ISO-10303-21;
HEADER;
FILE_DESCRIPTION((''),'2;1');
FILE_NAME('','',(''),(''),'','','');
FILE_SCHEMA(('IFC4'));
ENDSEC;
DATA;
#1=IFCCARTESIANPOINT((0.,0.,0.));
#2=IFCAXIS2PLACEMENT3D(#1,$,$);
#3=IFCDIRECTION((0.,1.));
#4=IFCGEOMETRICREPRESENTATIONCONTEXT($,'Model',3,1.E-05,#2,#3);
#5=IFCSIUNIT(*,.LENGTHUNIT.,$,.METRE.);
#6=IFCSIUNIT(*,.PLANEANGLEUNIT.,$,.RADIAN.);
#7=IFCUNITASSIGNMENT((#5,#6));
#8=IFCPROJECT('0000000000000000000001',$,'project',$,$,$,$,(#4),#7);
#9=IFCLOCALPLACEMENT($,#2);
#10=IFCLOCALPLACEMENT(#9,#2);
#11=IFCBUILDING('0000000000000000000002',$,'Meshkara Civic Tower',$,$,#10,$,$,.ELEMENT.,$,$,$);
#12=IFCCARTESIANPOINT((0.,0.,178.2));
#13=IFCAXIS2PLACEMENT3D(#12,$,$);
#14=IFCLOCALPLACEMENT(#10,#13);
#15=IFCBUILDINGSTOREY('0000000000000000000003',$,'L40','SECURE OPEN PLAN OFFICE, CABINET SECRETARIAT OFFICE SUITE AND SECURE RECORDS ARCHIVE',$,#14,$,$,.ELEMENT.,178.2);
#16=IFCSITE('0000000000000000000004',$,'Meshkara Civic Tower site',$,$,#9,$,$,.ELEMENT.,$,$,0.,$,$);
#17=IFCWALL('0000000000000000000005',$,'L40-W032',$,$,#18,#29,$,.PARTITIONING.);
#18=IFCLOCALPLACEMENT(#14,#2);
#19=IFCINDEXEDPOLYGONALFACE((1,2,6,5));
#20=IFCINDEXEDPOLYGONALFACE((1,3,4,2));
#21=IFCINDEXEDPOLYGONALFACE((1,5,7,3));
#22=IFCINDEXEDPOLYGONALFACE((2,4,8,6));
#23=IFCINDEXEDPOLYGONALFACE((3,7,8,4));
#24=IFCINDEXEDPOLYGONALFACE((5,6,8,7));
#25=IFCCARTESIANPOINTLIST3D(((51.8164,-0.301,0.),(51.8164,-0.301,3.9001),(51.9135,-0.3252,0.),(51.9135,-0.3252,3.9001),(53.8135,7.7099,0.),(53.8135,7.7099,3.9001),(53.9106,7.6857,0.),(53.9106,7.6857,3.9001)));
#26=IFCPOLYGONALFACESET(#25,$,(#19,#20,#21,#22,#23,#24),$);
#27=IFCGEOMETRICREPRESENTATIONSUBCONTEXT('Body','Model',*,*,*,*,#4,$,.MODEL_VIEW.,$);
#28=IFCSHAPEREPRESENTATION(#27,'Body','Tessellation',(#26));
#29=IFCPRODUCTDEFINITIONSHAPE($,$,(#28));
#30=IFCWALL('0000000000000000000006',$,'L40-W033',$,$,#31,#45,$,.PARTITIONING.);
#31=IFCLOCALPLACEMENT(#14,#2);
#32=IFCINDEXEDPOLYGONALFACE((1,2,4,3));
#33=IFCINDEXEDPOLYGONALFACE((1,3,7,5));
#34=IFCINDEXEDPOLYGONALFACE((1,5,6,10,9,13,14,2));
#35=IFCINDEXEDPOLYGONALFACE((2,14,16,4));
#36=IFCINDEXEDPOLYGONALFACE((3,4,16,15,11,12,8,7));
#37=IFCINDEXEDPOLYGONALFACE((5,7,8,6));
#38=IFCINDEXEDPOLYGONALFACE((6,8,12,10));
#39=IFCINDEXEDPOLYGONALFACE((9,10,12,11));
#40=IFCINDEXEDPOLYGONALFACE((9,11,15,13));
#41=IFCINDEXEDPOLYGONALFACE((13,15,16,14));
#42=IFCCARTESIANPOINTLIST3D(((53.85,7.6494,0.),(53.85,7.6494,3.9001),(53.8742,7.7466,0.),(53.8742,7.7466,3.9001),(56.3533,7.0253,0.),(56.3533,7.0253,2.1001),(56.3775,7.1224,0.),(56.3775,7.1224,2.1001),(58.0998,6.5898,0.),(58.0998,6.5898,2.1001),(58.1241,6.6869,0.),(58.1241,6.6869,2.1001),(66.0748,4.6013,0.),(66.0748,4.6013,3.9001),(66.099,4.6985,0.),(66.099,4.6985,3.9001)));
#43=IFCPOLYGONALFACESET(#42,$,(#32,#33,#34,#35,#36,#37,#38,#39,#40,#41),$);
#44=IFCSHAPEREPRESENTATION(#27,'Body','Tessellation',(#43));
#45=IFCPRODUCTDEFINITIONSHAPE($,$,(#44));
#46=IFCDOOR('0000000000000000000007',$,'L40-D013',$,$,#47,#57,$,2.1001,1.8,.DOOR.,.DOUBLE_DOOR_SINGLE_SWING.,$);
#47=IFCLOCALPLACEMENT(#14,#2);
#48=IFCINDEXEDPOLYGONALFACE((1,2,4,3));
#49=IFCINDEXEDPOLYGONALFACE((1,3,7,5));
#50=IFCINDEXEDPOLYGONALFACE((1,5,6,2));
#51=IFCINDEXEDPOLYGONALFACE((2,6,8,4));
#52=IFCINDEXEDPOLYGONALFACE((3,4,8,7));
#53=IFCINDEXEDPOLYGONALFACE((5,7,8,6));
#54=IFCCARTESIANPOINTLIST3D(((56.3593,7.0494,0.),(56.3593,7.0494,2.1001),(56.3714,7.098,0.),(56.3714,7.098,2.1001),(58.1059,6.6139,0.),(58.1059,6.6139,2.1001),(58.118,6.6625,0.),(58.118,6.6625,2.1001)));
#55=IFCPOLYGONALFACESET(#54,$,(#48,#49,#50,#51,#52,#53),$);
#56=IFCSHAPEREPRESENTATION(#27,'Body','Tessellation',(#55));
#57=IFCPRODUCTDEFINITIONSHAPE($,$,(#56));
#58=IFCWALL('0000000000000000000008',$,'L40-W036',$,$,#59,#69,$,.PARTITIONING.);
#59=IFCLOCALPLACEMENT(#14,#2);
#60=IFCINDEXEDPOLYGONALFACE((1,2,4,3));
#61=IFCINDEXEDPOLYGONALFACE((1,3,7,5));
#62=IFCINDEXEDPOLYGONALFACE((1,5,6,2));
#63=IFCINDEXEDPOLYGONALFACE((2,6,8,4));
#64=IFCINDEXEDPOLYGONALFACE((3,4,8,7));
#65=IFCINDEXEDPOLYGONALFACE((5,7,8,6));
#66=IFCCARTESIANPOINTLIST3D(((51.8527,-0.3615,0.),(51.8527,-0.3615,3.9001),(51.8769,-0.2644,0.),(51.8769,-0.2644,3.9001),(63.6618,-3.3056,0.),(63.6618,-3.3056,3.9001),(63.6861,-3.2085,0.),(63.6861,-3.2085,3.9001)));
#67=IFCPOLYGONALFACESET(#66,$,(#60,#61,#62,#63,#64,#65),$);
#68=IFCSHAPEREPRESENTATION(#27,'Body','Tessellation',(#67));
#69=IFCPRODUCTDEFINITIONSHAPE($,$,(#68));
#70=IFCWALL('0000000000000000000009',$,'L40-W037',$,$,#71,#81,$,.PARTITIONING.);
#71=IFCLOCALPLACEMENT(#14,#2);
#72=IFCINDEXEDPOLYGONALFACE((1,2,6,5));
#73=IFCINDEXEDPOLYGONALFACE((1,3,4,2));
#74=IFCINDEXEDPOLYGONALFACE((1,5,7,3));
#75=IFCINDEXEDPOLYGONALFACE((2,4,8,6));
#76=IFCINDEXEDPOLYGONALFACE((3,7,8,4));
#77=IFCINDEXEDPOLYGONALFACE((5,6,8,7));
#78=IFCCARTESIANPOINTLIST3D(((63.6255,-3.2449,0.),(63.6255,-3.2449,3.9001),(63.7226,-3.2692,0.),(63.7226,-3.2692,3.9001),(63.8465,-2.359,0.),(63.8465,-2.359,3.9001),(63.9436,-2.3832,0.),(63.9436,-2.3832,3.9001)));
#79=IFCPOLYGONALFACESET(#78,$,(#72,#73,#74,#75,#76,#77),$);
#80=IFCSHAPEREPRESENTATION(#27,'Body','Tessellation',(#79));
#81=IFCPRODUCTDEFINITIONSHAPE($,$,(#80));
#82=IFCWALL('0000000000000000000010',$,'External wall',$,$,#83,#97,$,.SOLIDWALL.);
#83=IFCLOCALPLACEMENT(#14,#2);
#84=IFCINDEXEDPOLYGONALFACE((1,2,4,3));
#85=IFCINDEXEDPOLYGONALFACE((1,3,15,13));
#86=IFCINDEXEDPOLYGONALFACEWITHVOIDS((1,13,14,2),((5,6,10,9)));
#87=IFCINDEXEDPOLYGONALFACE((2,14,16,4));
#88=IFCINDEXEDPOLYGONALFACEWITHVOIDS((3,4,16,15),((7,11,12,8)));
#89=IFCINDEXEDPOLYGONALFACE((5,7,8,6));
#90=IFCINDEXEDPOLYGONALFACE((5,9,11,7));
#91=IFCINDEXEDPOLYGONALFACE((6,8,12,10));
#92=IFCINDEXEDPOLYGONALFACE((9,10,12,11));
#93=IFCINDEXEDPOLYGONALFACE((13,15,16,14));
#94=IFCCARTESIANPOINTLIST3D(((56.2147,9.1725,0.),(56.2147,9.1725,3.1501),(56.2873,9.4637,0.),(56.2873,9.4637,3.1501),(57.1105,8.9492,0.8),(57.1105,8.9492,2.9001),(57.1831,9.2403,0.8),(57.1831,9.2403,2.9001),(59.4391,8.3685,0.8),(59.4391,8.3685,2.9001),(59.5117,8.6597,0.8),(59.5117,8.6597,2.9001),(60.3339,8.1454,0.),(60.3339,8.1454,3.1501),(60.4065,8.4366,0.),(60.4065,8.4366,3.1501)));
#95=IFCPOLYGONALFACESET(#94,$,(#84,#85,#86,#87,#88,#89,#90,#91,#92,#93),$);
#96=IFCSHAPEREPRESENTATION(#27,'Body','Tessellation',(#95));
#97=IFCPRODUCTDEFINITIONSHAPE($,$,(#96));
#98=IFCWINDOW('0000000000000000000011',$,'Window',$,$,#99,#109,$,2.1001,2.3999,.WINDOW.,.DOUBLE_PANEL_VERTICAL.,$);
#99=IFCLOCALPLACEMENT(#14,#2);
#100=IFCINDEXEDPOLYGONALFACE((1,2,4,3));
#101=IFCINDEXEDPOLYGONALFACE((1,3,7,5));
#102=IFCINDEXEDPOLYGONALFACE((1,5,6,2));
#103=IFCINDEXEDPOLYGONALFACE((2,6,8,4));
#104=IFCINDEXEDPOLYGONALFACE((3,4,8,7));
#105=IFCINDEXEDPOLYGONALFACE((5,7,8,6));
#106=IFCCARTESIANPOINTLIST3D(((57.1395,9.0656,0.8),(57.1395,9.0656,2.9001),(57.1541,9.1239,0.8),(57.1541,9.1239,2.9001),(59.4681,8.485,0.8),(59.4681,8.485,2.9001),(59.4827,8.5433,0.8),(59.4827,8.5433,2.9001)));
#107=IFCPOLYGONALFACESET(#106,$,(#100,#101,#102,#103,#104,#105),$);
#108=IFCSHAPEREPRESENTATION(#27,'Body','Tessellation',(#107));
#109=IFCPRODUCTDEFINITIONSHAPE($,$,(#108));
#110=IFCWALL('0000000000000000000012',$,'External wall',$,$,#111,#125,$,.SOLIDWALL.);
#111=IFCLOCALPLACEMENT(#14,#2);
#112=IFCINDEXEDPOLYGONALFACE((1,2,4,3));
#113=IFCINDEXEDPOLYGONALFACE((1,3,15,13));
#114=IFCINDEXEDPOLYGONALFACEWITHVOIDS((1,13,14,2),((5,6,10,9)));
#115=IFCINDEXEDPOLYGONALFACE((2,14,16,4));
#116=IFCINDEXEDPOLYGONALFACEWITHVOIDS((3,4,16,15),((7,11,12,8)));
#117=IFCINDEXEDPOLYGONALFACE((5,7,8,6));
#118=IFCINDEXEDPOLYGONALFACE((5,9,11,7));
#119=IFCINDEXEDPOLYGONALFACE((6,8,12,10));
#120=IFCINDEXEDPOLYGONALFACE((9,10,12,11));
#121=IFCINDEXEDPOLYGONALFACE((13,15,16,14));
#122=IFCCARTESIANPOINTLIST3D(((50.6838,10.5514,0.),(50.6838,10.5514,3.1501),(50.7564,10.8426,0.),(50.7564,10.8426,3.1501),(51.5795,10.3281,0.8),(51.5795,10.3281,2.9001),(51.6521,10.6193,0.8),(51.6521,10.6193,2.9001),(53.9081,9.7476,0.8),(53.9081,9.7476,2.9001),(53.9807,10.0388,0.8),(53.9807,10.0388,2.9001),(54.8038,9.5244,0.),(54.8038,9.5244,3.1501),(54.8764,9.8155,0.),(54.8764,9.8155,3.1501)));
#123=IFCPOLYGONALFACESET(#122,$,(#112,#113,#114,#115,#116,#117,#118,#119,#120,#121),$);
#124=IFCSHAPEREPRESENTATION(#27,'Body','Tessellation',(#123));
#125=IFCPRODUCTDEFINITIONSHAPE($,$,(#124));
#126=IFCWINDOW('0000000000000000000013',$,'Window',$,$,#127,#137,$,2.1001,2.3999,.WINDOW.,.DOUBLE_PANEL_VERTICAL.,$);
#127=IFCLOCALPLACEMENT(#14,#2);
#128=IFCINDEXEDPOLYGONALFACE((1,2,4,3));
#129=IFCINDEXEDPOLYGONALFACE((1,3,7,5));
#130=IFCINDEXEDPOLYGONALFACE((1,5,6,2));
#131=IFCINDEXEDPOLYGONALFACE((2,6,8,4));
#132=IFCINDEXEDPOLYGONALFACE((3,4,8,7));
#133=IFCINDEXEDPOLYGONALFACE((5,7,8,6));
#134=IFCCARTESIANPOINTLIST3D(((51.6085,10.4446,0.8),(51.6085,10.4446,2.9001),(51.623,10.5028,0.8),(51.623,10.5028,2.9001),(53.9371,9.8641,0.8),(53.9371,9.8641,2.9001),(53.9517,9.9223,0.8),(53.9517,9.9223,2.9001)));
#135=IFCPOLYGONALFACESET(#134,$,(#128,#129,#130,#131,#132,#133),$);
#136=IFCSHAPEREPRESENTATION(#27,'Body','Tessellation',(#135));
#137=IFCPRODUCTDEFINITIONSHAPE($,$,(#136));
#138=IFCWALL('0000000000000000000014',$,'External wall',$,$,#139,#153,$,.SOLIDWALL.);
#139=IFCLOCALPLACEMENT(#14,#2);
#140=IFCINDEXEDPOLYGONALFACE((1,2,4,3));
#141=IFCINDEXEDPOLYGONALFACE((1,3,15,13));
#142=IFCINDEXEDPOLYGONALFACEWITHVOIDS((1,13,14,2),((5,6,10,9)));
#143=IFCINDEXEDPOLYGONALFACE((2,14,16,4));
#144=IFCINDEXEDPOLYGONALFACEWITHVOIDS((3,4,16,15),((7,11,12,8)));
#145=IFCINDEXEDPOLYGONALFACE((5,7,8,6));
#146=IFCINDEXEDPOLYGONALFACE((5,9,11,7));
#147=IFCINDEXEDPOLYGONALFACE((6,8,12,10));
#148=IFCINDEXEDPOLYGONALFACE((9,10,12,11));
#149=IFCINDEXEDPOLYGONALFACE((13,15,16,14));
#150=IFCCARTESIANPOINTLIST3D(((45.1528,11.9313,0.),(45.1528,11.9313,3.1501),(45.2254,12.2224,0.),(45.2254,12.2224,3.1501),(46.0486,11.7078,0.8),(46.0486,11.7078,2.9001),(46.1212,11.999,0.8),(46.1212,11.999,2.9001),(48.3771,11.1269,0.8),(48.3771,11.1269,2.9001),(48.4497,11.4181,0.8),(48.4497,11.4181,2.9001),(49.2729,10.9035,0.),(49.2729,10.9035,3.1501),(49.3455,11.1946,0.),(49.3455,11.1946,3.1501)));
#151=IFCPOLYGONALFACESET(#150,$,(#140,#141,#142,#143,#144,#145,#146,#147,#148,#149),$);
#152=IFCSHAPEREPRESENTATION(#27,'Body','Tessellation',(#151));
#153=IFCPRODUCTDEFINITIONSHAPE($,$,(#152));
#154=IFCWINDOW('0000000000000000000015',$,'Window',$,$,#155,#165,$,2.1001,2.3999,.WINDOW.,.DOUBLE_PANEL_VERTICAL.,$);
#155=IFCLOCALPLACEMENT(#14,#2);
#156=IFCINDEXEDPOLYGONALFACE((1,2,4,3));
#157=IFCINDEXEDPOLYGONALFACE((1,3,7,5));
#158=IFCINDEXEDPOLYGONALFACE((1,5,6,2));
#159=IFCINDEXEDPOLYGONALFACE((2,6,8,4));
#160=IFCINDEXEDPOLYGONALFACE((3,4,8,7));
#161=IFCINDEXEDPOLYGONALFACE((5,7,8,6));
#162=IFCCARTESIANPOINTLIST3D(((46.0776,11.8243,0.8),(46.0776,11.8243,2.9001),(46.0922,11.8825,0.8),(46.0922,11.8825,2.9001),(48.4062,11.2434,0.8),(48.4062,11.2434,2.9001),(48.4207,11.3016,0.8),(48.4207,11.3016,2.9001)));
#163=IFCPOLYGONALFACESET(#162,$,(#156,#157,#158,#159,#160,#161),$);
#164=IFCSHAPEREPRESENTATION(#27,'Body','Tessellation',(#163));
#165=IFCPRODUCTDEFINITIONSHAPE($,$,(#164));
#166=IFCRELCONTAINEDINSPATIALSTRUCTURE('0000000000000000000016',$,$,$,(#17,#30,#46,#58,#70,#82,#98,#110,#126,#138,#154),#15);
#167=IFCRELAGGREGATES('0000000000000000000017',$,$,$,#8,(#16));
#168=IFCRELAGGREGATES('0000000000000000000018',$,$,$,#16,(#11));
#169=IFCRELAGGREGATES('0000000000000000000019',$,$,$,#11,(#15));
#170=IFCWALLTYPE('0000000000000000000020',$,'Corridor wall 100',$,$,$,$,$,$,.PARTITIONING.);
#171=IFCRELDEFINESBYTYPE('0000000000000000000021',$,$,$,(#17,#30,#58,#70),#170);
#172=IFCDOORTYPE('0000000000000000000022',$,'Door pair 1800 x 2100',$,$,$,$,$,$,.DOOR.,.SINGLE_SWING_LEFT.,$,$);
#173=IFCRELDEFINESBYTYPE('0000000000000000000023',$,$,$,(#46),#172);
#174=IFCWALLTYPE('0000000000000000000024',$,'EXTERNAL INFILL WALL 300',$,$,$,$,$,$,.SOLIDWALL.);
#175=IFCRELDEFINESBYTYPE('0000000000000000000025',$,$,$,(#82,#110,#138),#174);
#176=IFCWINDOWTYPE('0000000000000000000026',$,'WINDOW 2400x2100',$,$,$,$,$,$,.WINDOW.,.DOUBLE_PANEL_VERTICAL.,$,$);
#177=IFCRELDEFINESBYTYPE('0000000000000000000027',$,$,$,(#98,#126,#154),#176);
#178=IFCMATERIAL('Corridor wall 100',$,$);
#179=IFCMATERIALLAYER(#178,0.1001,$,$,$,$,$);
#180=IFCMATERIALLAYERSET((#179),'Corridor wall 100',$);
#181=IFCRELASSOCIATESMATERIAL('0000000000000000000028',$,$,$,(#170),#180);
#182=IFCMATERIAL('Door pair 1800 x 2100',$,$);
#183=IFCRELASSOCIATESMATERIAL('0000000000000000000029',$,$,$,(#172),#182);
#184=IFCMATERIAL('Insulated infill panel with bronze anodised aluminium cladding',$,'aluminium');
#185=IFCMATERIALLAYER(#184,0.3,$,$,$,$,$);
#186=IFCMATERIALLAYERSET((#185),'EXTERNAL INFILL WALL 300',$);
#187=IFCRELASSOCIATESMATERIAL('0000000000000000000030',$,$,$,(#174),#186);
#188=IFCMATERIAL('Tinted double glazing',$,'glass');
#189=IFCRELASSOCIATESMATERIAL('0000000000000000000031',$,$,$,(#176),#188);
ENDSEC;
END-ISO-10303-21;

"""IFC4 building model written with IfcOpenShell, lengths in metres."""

from ifc_helpers import new_model, si_unit, direction, frame, frame_2d, origin, place, context, subcontext, project, spatial, rectangle, extrude, material, layer, layer_set, type_object, element, fill, save


model = new_model("IFC4")

# Units and contexts
model_context = context("Model", 3, precision=1e-05, world=origin(), true_north=direction((0.0, 1.0)))
body_context = subcontext(model_context, "Body", "Model", "MODEL_VIEW")
ifc_project = project(units=[si_unit("LENGTHUNIT", "METRE"), si_unit("PLANEANGLEUNIT", "RADIAN")], contexts=[model_context])

# Site, building, storey
site_placement = place(None, origin())
site = spatial("IfcSite", under=ifc_project, at=site_placement, Name="Meshkara Civic Tower site", CompositionType="ELEMENT", RefElevation=0.0)
building_placement = place(site_placement, origin())
building = spatial("IfcBuilding", under=site, at=building_placement, Name="Meshkara Civic Tower", CompositionType="ELEMENT")
storey_placement = place(building_placement, frame((0.0, 0.0, 178.2)))
storey = spatial("IfcBuildingStorey", under=building, at=storey_placement, Name="L40", Description="SECURE OPEN PLAN OFFICE, CABINET SECRETARIAT OFFICE SUITE AND SECURE RECORDS ARCHIVE", CompositionType="ELEMENT", Elevation=178.2)

# Shared definitions
ifc_material_1 = material(Name="Corridor wall 100")
ifc_layer_1 = layer(ifc_material_1, 0.1001)
ifc_layer_set_1 = layer_set([ifc_layer_1], Name="Corridor wall 100")
wall_type_1 = type_object("IfcWallType", Name="Corridor wall 100", PredefinedType="PARTITIONING", material=ifc_layer_set_1)
ifc_material_2 = material(Name="Door pair 1800 x 2100")
door_type = type_object("IfcDoorType", Name="Door pair 1800 x 2100", OperationType="SINGLE_SWING_LEFT", PredefinedType="DOOR", material=ifc_material_2)

# Wall
wall_1_placement = place(storey_placement, frame((51.865, -0.313, 0.0), z_axis=(0.0, 0.0, 1.0), x_axis=(0.241888, 0.970304, 0.0)))
element("IfcWall", 1, at=wall_1_placement, inside=storey, type_object=wall_type_1, Name="L40-W032", PredefinedType="PARTITIONING", context=body_context, shape_type="SweptSolid", body=[
    extrude(rectangle(XDim=8.2561, YDim=0.1001, at=frame_2d((4.1279, 0.0))), origin(), (0.0, 0.0, 1.0), 3.9001),
])

# Wall, opening, door
wall_2_placement = place(storey_placement, frame((53.8621, 7.698, 0.0), z_axis=(0.0, 0.0, 1.0), x_axis=(0.970294, -0.241929, 0.0)))
wall_2 = element("IfcWall", 2, at=wall_2_placement, inside=storey, type_object=wall_type_1, Name="L40-W033", PredefinedType="PARTITIONING", context=body_context, shape_type="SweptSolid", body=[
    extrude(rectangle(XDim=12.5991, YDim=0.1001, at=frame_2d((6.2996, 0.0))), origin(), (0.0, 0.0, 1.0), 3.9001),
])
opening_1_placement = place(wall_2_placement, frame((2.5801, 0.0, 0.0)))
opening_1 = element("IfcOpeningElement", 3, at=opening_1_placement, cuts=wall_2, PredefinedType="OPENING", context=body_context, shape_type="SweptSolid", body=[
    extrude(rectangle(XDim=1.8, YDim=2.1001, at=frame_2d((0.8999, 1.05))), frame((0.0, 0.0601, 0.0), z_axis=(0.0, -1.0, 0.0), x_axis=(1.0, 0.0, 0.0)), (0.0, 0.0, 1.0), 0.1201),
])
door_1_placement = place(opening_1_placement, origin())
door_1 = element("IfcDoor", 4, at=door_1_placement, inside=storey, type_object=door_type, Name="L40-D013", OperationType="DOUBLE_DOOR_SINGLE_SWING", OverallHeight=2.1001, OverallWidth=1.8, PredefinedType="DOOR", context=body_context, shape_type="SweptSolid", body=[
    extrude(rectangle(XDim=1.8, YDim=2.1001, at=frame_2d((0.8999, 1.05))), frame((0.0, 0.0249, 0.0), z_axis=(0.0, -1.0, 0.0), x_axis=(1.0, 0.0, 0.0)), (0.0, 0.0, 1.0), 0.05),
])
fill(opening_1, door_1)

# Walls
wall_3_placement = place(storey_placement, frame((63.6741, -3.2571, 0.0), z_axis=(0.0, 0.0, 1.0), x_axis=(-0.9703, 0.241903, 0.0)))
element("IfcWall", 5, at=wall_3_placement, inside=storey, type_object=wall_type_1, Name="L40-W036", PredefinedType="PARTITIONING", context=body_context, shape_type="SweptSolid", body=[
    extrude(rectangle(XDim=12.1707, YDim=0.1001, at=frame_2d((6.0854, 0.0))), origin(), (0.0, 0.0, 1.0), 3.9001),
])
wall_4_placement = place(storey_placement, frame((63.895, -2.3711, 0.0), z_axis=(0.0, 0.0, 1.0), x_axis=(-0.241969, -0.970284, 0.0)))
element("IfcWall", 6, at=wall_4_placement, inside=storey, type_object=wall_type_1, Name="L40-W037", PredefinedType="PARTITIONING", context=body_context, shape_type="SweptSolid", body=[
    extrude(rectangle(XDim=0.9131, YDim=0.1001, at=frame_2d((0.4565, 0.0))), origin(), (0.0, 0.0, 1.0), 3.9001),
])

# Walls, openings, windows
ifc_material_3 = material(Name="Insulated infill panel with bronze anodised aluminium cladding", Category="aluminium")
ifc_layer_2 = layer(ifc_material_3, 0.3)
ifc_layer_set_2 = layer_set([ifc_layer_2], Name="EXTERNAL INFILL WALL 300")
wall_type_2 = type_object("IfcWallType", Name="EXTERNAL INFILL WALL 300", PredefinedType="SOLIDWALL", material=ifc_layer_set_2)
wall_5_placement = place(storey_placement, frame((60.3701, 8.291, 0.0), z_axis=(0.0, 0.0, 1.0), x_axis=(-0.970291, 0.24194, 0.0)))
wall_5 = element("IfcWall", 7, at=wall_5_placement, inside=storey, type_object=wall_type_2, Name="External wall", PredefinedType="SOLIDWALL", context=body_context, shape_type="SweptSolid", body=[
    extrude(rectangle(XDim=4.2454, YDim=0.3, at=frame_2d((2.1226, 0.0))), origin(), (0.0, 0.0, 1.0), 3.1501),
])
opening_2_placement = place(wall_5_placement, frame((0.9221, 0.0, 0.8)))
opening_2 = element("IfcOpeningElement", 8, at=opening_2_placement, cuts=wall_5, PredefinedType="OPENING", context=body_context, shape_type="SweptSolid", body=[
    extrude(rectangle(XDim=2.3999, YDim=2.1001, at=frame_2d((1.2, 1.05))), frame((0.0, 0.1599, 0.0), z_axis=(0.0, -1.0, 0.0), x_axis=(1.0, 0.0, 0.0)), (0.0, 0.0, 1.0), 0.3201),
])
ifc_material_4 = material(Name="Tinted double glazing", Category="glass")
window_type = type_object("IfcWindowType", Name="WINDOW 2400x2100", PartitioningType="DOUBLE_PANEL_VERTICAL", PredefinedType="WINDOW", material=ifc_material_4)
window_1_placement = place(opening_2_placement, origin())
window_1 = element("IfcWindow", 9, at=window_1_placement, inside=storey, type_object=window_type, Name="Window", OverallHeight=2.1001, OverallWidth=2.3999, PartitioningType="DOUBLE_PANEL_VERTICAL", PredefinedType="WINDOW", context=body_context, shape_type="SweptSolid", body=[
    extrude(rectangle(XDim=2.3999, YDim=2.1001, at=frame_2d((1.2, 1.05))), frame((0.0, 0.03, 0.0), z_axis=(0.0, -1.0, 0.0), x_axis=(1.0, 0.0, 0.0)), (0.0, 0.0, 1.0), 0.0601),
])
fill(opening_2, window_1)
wall_6_placement = place(storey_placement, frame((54.8401, 9.6699, 0.0), z_axis=(0.0, 0.0, 1.0), x_axis=(-0.970305, 0.241886, 0.0)))
wall_6 = element("IfcWall", 10, at=wall_6_placement, inside=storey, type_object=wall_type_2, Name="External wall", PredefinedType="SOLIDWALL", context=body_context, shape_type="SweptSolid", body=[
    extrude(rectangle(XDim=4.2461, YDim=0.3, at=frame_2d((2.123, 0.0))), origin(), (0.0, 0.0, 1.0), 3.1501),
])
opening_3_placement = place(wall_6_placement, frame((0.9231, 0.0, 0.8)))
opening_3 = element("IfcOpeningElement", 11, at=opening_3_placement, cuts=wall_6, PredefinedType="OPENING", context=body_context, shape_type="SweptSolid", body=[
    extrude(rectangle(XDim=2.3999, YDim=2.1001, at=frame_2d((1.2, 1.05))), frame((0.0, 0.1599, 0.0), z_axis=(0.0, -1.0, 0.0), x_axis=(1.0, 0.0, 0.0)), (0.0, 0.0, 1.0), 0.3201),
])
window_2_placement = place(opening_3_placement, origin())
window_2 = element("IfcWindow", 12, at=window_2_placement, inside=storey, type_object=window_type, Name="Window", OverallHeight=2.1001, OverallWidth=2.3999, PartitioningType="DOUBLE_PANEL_VERTICAL", PredefinedType="WINDOW", context=body_context, shape_type="SweptSolid", body=[
    extrude(rectangle(XDim=2.3999, YDim=2.1001, at=frame_2d((1.2, 1.05))), frame((0.0, 0.03, 0.0), z_axis=(0.0, -1.0, 0.0), x_axis=(1.0, 0.0, 0.0)), (0.0, 0.0, 1.0), 0.0601),
])
fill(opening_3, window_2)
wall_7_placement = place(storey_placement, frame((49.3091, 11.0491, 0.0), z_axis=(0.0, 0.0, 1.0), x_axis=(-0.970264, 0.242049, 0.0)))
wall_7 = element("IfcWall", 13, at=wall_7_placement, inside=storey, type_object=wall_type_2, Name="External wall", PredefinedType="SOLIDWALL", context=body_context, shape_type="SweptSolid", body=[
    extrude(rectangle(XDim=4.2463, YDim=0.3, at=frame_2d((2.123, 0.0))), origin(), (0.0, 0.0, 1.0), 3.1501),
])
opening_4_placement = place(wall_7_placement, frame((0.9231, 0.0, 0.8)))
opening_4 = element("IfcOpeningElement", 14, at=opening_4_placement, cuts=wall_7, PredefinedType="OPENING", context=body_context, shape_type="SweptSolid", body=[
    extrude(rectangle(XDim=2.3999, YDim=2.1001, at=frame_2d((1.2, 1.05))), frame((0.0, 0.1599, 0.0), z_axis=(0.0, -1.0, 0.0), x_axis=(1.0, 0.0, 0.0)), (0.0, 0.0, 1.0), 0.3201),
])
window_3_placement = place(opening_4_placement, origin())
window_3 = element("IfcWindow", 15, at=window_3_placement, inside=storey, type_object=window_type, Name="Window", OverallHeight=2.1001, OverallWidth=2.3999, PartitioningType="DOUBLE_PANEL_VERTICAL", PredefinedType="WINDOW", context=body_context, shape_type="SweptSolid", body=[
    extrude(rectangle(XDim=2.3999, YDim=2.1001, at=frame_2d((1.2, 1.05))), frame((0.0, 0.03, 0.0), z_axis=(0.0, -1.0, 0.0), x_axis=(1.0, 0.0, 0.0)), (0.0, 0.0, 1.0), 0.0601),
])
fill(opening_4, window_3)

save(model, "model.ifc")
